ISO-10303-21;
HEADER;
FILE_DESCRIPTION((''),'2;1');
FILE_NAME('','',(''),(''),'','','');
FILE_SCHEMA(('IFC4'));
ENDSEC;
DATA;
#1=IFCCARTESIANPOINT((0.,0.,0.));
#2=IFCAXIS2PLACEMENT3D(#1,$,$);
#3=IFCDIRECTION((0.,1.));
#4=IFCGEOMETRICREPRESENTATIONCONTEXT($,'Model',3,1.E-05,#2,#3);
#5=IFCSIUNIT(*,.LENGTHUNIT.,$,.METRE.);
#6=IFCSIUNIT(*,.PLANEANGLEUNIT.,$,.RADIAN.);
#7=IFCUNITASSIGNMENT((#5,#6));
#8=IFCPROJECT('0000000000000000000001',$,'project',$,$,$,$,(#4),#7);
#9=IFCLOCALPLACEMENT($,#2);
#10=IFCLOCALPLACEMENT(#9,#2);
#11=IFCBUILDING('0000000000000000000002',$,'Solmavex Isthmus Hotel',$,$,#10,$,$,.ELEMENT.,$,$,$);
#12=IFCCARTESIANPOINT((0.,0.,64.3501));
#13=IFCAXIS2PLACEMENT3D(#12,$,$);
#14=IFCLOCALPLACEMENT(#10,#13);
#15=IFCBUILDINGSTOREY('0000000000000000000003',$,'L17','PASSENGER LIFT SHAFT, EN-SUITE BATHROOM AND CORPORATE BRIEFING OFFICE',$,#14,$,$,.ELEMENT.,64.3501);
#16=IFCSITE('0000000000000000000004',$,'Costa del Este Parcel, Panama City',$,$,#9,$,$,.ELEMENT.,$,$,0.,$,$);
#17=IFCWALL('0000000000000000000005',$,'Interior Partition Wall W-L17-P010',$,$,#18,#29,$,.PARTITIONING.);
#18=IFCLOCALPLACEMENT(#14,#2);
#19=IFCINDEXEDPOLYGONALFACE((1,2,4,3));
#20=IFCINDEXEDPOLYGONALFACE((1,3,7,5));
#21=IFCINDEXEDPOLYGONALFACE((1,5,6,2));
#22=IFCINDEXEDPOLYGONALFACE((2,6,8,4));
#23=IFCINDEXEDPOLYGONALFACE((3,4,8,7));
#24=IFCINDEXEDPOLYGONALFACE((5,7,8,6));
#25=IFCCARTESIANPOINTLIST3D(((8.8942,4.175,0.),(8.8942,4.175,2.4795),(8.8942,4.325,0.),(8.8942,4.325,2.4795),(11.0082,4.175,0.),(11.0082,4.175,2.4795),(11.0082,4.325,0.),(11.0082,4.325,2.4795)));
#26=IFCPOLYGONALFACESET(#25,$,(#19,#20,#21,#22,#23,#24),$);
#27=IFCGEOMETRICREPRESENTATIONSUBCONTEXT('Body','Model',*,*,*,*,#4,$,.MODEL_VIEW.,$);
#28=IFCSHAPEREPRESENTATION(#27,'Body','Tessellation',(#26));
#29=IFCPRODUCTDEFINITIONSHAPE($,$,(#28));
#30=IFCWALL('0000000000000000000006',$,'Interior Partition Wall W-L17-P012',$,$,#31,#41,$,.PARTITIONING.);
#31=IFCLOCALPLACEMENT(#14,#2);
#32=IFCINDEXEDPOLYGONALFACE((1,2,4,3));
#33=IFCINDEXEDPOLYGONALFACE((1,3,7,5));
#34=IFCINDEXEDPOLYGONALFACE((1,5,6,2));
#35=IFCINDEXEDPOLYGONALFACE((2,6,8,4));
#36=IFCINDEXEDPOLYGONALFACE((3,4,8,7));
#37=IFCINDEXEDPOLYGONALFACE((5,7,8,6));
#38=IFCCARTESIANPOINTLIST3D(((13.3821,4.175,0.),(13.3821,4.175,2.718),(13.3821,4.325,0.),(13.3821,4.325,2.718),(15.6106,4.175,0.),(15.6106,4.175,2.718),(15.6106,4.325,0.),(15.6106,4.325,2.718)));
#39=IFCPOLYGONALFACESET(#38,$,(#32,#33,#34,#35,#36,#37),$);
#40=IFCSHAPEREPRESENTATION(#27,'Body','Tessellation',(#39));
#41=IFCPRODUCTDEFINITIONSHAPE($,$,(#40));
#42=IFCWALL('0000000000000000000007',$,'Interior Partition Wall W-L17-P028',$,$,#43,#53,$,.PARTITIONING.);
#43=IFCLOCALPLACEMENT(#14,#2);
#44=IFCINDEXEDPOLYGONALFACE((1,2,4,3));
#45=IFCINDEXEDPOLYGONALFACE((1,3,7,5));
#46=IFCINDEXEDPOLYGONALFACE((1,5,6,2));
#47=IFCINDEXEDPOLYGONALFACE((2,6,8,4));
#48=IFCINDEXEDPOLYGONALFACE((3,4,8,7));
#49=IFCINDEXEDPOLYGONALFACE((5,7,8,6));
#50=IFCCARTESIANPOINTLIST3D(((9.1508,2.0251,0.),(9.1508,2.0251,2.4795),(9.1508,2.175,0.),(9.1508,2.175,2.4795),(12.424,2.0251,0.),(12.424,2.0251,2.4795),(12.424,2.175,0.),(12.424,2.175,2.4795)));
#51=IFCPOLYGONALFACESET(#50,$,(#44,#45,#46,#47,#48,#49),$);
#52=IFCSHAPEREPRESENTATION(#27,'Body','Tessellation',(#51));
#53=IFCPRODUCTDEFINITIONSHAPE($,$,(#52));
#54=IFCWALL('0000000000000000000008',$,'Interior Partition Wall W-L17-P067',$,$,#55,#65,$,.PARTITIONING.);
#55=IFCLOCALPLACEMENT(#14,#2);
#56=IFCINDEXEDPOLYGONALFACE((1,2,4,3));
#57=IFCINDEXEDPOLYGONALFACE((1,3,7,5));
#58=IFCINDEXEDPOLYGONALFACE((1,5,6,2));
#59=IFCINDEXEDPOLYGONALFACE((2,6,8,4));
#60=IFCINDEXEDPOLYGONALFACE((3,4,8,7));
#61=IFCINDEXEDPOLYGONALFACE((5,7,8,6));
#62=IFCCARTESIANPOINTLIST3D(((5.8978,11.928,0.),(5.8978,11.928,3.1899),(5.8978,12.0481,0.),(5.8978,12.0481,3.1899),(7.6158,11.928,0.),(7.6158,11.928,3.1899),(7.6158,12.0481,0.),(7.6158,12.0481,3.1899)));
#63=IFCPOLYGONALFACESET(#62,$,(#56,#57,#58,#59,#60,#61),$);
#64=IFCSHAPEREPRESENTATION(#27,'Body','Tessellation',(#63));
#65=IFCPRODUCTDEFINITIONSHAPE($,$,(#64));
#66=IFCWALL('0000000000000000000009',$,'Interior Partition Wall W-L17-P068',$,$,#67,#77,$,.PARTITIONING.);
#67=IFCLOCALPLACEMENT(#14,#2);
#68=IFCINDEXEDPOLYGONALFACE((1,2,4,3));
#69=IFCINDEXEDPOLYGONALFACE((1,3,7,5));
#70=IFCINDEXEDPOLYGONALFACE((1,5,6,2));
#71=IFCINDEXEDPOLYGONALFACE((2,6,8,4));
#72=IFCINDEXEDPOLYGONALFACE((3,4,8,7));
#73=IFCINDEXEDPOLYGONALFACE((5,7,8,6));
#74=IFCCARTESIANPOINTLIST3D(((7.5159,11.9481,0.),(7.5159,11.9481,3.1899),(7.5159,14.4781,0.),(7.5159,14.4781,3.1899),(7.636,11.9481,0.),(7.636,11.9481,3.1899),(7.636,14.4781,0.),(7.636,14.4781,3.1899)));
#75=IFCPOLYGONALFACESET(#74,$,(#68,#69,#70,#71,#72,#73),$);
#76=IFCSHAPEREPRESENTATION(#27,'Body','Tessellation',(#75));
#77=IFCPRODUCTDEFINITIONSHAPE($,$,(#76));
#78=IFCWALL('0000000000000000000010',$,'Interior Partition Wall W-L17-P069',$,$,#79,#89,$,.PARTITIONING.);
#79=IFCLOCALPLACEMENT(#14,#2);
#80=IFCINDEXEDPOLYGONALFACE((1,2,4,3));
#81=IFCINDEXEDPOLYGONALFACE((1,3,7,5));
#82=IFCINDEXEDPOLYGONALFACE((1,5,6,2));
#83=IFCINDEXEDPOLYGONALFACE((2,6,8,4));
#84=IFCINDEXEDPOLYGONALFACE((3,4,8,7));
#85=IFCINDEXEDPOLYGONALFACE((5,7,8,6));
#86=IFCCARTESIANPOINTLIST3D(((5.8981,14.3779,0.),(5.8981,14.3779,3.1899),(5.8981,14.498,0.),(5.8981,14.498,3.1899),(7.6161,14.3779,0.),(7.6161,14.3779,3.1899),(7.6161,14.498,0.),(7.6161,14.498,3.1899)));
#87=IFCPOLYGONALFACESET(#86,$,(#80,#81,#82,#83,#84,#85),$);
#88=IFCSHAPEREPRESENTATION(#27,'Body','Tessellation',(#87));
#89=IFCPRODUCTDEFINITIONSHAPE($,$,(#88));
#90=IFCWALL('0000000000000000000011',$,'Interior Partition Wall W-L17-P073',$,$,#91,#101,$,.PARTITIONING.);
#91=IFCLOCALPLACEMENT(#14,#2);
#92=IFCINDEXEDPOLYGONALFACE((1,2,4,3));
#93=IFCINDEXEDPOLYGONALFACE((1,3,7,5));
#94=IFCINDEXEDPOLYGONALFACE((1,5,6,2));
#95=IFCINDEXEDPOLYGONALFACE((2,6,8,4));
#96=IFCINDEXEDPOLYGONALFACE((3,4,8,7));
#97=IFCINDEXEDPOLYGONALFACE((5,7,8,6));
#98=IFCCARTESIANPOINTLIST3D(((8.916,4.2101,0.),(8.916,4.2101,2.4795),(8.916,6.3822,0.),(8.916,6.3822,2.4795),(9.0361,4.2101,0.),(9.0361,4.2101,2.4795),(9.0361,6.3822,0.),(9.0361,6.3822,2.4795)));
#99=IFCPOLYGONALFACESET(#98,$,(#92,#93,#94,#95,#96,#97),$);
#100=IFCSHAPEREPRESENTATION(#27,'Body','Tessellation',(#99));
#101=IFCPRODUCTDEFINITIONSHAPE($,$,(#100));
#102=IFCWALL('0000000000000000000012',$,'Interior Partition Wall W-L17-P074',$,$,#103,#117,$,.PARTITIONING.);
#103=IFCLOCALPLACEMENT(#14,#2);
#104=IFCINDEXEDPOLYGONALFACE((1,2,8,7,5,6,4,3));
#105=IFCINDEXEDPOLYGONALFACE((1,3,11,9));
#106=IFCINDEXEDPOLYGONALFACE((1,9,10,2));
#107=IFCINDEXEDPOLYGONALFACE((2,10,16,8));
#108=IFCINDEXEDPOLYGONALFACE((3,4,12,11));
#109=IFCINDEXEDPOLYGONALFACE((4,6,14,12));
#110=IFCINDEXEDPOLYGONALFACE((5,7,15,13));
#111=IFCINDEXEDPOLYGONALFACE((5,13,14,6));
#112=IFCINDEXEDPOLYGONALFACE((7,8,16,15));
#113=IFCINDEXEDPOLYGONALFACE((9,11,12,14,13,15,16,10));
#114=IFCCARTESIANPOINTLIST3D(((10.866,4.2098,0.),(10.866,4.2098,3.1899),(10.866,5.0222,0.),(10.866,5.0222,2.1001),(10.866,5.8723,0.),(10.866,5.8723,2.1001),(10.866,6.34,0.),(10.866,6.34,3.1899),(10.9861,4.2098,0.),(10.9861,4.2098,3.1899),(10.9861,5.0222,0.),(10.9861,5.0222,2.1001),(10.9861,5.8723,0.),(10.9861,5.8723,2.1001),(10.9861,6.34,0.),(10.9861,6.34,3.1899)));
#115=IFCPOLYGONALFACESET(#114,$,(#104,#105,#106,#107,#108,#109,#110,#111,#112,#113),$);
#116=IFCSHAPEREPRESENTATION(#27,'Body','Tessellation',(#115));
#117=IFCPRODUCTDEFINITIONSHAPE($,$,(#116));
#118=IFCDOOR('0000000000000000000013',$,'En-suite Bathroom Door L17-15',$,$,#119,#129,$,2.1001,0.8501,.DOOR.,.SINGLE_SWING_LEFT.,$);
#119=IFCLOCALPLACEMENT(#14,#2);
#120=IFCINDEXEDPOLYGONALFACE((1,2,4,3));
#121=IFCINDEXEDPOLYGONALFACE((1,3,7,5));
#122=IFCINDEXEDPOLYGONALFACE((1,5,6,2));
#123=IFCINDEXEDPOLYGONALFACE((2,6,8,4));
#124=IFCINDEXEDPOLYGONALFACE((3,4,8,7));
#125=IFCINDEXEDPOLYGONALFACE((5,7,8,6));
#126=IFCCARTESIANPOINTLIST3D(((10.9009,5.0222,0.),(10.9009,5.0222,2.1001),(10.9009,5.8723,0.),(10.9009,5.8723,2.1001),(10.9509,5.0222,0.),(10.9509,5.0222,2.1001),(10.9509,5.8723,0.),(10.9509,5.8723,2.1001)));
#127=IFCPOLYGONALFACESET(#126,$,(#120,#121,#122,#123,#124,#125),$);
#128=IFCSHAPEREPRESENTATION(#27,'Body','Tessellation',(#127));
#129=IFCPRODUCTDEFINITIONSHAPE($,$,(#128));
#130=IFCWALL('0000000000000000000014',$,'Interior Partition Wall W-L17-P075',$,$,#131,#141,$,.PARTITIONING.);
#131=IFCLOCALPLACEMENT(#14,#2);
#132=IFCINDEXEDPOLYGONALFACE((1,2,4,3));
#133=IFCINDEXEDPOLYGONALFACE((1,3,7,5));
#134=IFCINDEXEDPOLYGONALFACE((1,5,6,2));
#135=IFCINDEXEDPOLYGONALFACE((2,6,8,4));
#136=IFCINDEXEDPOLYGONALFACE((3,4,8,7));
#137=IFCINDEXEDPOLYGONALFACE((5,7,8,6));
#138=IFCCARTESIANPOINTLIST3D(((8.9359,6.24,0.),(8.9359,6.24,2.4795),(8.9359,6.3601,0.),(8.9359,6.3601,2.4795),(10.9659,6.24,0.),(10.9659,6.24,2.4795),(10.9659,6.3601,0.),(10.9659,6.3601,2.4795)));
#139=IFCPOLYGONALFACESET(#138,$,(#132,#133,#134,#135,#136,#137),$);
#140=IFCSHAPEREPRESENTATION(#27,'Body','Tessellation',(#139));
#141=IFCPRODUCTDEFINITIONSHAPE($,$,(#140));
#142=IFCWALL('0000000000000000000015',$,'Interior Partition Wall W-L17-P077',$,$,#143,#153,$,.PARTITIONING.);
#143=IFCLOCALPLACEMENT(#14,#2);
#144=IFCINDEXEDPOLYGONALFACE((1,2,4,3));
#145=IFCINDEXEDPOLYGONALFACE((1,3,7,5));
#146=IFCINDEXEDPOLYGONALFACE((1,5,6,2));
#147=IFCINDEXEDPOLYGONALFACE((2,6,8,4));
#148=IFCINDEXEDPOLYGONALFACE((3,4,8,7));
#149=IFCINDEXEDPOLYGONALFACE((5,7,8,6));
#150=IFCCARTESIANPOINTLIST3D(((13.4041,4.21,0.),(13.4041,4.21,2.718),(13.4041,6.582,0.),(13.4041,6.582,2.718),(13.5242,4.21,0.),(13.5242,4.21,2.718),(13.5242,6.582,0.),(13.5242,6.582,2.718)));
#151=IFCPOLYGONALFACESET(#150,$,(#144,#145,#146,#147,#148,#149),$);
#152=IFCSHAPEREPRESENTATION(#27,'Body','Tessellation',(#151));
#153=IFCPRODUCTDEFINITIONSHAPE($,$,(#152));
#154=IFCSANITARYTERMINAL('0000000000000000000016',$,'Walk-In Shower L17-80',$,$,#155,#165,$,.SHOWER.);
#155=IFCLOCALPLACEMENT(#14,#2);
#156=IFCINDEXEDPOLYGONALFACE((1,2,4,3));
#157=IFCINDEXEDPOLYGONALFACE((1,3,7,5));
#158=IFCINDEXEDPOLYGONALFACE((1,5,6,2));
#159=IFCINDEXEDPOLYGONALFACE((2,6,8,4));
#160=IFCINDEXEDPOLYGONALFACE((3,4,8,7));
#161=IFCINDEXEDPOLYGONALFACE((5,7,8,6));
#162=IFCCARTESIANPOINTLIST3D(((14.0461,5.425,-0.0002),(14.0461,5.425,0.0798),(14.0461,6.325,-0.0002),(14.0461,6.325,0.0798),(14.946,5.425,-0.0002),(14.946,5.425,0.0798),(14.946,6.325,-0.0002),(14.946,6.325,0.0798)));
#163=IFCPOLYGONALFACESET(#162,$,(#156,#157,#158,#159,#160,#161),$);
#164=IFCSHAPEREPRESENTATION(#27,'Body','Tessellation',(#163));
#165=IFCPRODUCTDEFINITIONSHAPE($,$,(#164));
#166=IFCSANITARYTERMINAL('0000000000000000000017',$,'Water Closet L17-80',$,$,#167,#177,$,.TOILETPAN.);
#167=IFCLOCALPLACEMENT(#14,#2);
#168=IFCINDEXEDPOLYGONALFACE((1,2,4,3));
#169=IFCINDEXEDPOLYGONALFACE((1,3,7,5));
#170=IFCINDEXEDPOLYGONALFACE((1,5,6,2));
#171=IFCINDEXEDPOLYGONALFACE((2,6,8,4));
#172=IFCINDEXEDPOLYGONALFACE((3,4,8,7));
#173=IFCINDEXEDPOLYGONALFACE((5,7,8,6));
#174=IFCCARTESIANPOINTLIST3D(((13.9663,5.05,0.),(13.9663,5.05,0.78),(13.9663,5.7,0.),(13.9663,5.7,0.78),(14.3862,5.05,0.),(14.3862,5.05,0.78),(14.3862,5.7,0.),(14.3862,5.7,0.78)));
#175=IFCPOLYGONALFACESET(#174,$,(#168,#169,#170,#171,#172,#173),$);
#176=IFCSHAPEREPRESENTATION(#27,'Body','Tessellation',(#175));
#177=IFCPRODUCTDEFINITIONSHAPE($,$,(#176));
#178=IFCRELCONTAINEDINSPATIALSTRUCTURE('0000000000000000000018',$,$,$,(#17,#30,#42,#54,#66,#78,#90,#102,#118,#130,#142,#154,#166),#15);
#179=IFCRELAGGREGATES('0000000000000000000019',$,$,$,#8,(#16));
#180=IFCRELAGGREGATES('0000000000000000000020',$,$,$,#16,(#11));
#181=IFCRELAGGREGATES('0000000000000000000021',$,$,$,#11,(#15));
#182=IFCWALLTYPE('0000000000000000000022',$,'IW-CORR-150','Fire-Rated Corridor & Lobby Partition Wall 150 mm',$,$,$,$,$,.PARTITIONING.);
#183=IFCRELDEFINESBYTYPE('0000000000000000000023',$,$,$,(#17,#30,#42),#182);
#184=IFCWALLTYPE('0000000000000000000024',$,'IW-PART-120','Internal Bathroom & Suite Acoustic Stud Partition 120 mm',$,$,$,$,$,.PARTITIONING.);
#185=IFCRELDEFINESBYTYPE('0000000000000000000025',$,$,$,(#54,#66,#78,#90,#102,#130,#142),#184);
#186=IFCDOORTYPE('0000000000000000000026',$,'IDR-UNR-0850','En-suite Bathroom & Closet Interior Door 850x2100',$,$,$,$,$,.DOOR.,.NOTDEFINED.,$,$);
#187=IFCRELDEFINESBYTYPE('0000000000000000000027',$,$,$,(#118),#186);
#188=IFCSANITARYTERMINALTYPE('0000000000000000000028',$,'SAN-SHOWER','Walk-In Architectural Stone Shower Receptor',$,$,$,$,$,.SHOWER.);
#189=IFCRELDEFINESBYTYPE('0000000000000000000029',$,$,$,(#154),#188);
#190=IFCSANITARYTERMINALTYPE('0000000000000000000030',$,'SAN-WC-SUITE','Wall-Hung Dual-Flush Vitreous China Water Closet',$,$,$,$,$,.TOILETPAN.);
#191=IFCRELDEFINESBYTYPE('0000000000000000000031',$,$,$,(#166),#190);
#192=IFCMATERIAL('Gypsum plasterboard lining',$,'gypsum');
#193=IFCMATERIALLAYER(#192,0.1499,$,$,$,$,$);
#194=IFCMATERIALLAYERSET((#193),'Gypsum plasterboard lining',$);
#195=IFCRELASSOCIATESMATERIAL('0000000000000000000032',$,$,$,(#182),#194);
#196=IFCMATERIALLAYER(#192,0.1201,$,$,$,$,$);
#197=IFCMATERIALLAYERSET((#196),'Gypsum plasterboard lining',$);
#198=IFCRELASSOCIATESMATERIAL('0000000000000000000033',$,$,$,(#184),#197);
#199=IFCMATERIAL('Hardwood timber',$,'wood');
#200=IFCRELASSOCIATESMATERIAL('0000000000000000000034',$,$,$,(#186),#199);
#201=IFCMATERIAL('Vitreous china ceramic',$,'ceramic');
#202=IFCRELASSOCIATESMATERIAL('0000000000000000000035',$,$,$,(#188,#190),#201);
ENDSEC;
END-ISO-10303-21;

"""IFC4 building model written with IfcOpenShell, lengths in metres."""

from ifc_helpers import new_model, si_unit, direction, frame, frame_2d, origin, origin_2d, place, context, subcontext, project, spatial, rectangle, extrude, material, layer, layer_set, type_object, element, fill, save


model = new_model("IFC4")

# Units and contexts
model_context = context("Model", 3, precision=1e-05, world=origin(), true_north=direction((0.0, 1.0)))
body_context = subcontext(model_context, "Body", "Model", "MODEL_VIEW")
ifc_project = project(units=[si_unit("LENGTHUNIT", "METRE"), si_unit("PLANEANGLEUNIT", "RADIAN")], contexts=[model_context])

# Site, building, storey
site_placement = place(None, origin())
site = spatial("IfcSite", under=ifc_project, at=site_placement, Name="Costa del Este Parcel, Panama City", CompositionType="ELEMENT", RefElevation=0.0)
building_placement = place(site_placement, origin())
building = spatial("IfcBuilding", under=site, at=building_placement, Name="Solmavex Isthmus Hotel", CompositionType="ELEMENT")
storey_placement = place(building_placement, frame((0.0, 0.0, 64.3501)))
storey = spatial("IfcBuildingStorey", under=building, at=storey_placement, Name="L17", Description="PASSENGER LIFT SHAFT, EN-SUITE BATHROOM AND CORPORATE BRIEFING OFFICE", CompositionType="ELEMENT", Elevation=64.3501)

# Shared definitions
ifc_material_1 = material(Name="Gypsum plasterboard lining", Category="gypsum")

# Shared definitions
ifc_material_2 = material(Name="Hardwood timber", Category="wood")

# Shared definitions
ifc_layer_1 = layer(ifc_material_1, 0.1499)
ifc_layer_set_1 = layer_set([ifc_layer_1], Name="Gypsum plasterboard lining")
wall_type_1 = type_object("IfcWallType", Name="IW-CORR-150", Description="Fire-Rated Corridor & Lobby Partition Wall 150 mm", PredefinedType="PARTITIONING", material=ifc_layer_set_1)

# Walls
wall_1_placement = place(storey_placement, frame((8.894, 4.25, 0.0), z_axis=(0.0, 0.0, 1.0), x_axis=(1.0, 0.0, 0.0)))
element("IfcWall", 1, at=wall_1_placement, inside=storey, type_object=wall_type_1, Name="Interior Partition Wall W-L17-P010", PredefinedType="PARTITIONING", context=body_context, shape_type="SweptSolid", body=[
    extrude(rectangle(XDim=2.114, YDim=0.1499, at=frame_2d((1.0571, 0.0))), origin(), (0.0, 0.0, 1.0), 2.4795),
])
wall_2_placement = place(storey_placement, frame((13.3821, 4.25, 0.0), z_axis=(0.0, 0.0, 1.0), x_axis=(1.0, 0.0, 0.0)))
element("IfcWall", 2, at=wall_2_placement, inside=storey, type_object=wall_type_1, Name="Interior Partition Wall W-L17-P012", PredefinedType="PARTITIONING", context=body_context, shape_type="SweptSolid", body=[
    extrude(rectangle(XDim=2.2285, YDim=0.1499, at=frame_2d((1.1143, 0.0))), origin(), (0.0, 0.0, 1.0), 2.718),
])
wall_3_placement = place(storey_placement, frame((12.4241, 2.1001, 0.0), z_axis=(0.0, 0.0, 1.0), x_axis=(-1.0, 0.0, 0.0)))
element("IfcWall", 3, at=wall_3_placement, inside=storey, type_object=wall_type_1, Name="Interior Partition Wall W-L17-P028", PredefinedType="PARTITIONING", context=body_context, shape_type="SweptSolid", body=[
    extrude(rectangle(XDim=3.2732, YDim=0.1499, at=frame_2d((1.6367, 0.0))), origin(), (0.0, 0.0, 1.0), 2.4795),
])

# Walls
ifc_layer_2 = layer(ifc_material_1, 0.1201)
ifc_layer_set_2 = layer_set([ifc_layer_2], Name="Gypsum plasterboard lining")
wall_type_2 = type_object("IfcWallType", Name="IW-PART-120", Description="Internal Bathroom & Suite Acoustic Stud Partition 120 mm", PredefinedType="PARTITIONING", material=ifc_layer_set_2)
wall_4_placement = place(storey_placement, frame((5.8979, 11.988, 0.0), z_axis=(0.0, 0.0, 1.0), x_axis=(1.0, 0.0, 0.0)))
element("IfcWall", 4, at=wall_4_placement, inside=storey, type_object=wall_type_2, Name="Interior Partition Wall W-L17-P067", PredefinedType="PARTITIONING", context=body_context, shape_type="SweptSolid", body=[
    extrude(rectangle(XDim=1.718, YDim=0.1201, at=frame_2d((0.8589, 0.0))), origin(), (0.0, 0.0, 1.0), 3.1899),
])
wall_5_placement = place(storey_placement, frame((7.5759, 11.948, 0.0), z_axis=(0.0, 0.0, 1.0), x_axis=(0.0, 1.0, 0.0)))
element("IfcWall", 5, at=wall_5_placement, inside=storey, type_object=wall_type_2, Name="Interior Partition Wall W-L17-P068", PredefinedType="PARTITIONING", context=body_context, shape_type="SweptSolid", body=[
    extrude(rectangle(XDim=2.53, YDim=0.1201, at=frame_2d((1.2651, 0.0))), origin(), (0.0, 0.0, 1.0), 3.1899),
])
wall_6_placement = place(storey_placement, frame((7.616, 14.438, 0.0), z_axis=(0.0, 0.0, 1.0), x_axis=(-1.0, 0.0, 0.0)))
element("IfcWall", 6, at=wall_6_placement, inside=storey, type_object=wall_type_2, Name="Interior Partition Wall W-L17-P069", PredefinedType="PARTITIONING", context=body_context, shape_type="SweptSolid", body=[
    extrude(rectangle(XDim=1.718, YDim=0.1201, at=frame_2d((0.8589, 0.0))), origin(), (0.0, 0.0, 1.0), 3.1899),
])
wall_7_placement = place(storey_placement, frame((8.9761, 6.3821, 0.0), z_axis=(0.0, 0.0, 1.0), x_axis=(0.0, -1.0, 0.0)))
element("IfcWall", 7, at=wall_7_placement, inside=storey, type_object=wall_type_2, Name="Interior Partition Wall W-L17-P073", PredefinedType="PARTITIONING", context=body_context, shape_type="SweptSolid", body=[
    extrude(rectangle(XDim=2.1721, YDim=0.1201, at=frame_2d((1.0859, 0.0))), origin(), (0.0, 0.0, 1.0), 2.4795),
])

# Wall, opening, door
wall_8_placement = place(storey_placement, frame((10.926, 4.21, 0.0), z_axis=(0.0, 0.0, 1.0), x_axis=(0.0, 1.0, 0.0)))
wall_8 = element("IfcWall", 8, at=wall_8_placement, inside=storey, type_object=wall_type_2, Name="Interior Partition Wall W-L17-P074", PredefinedType="PARTITIONING", context=body_context, shape_type="SweptSolid", body=[
    extrude(rectangle(XDim=2.1301, YDim=0.1201, at=frame_2d((1.0649, 0.0))), origin(), (0.0, 0.0, 1.0), 3.1899),
])
opening_1_placement = place(wall_8_placement, frame((0.8123, 0.0, 0.0)))
opening_1 = element("IfcOpeningElement", 9, at=opening_1_placement, cuts=wall_8, PredefinedType="OPENING", context=body_context, shape_type="SweptSolid", body=[
    extrude(rectangle(XDim=0.8501, YDim=2.1001, at=frame_2d((0.425, 1.05))), frame((0.0, 0.0701, 0.0), z_axis=(0.0, -1.0, 0.0), x_axis=(1.0, 0.0, 0.0)), (0.0, 0.0, 1.0), 0.1401),
])
door_type_1 = type_object("IfcDoorType", Name="IDR-UNR-0850", Description="En-suite Bathroom & Closet Interior Door 850x2100", OperationType="NOTDEFINED", PredefinedType="DOOR", material=ifc_material_2)
door_1_placement = place(opening_1_placement, frame((0.8501, 0.0, 0.0), z_axis=(0.0, 0.0, 1.0), x_axis=(-1.0, 0.0, 0.0)))
door_1 = element("IfcDoor", 10, at=door_1_placement, inside=storey, type_object=door_type_1, Name="En-suite Bathroom Door L17-15", OperationType="SINGLE_SWING_LEFT", OverallHeight=2.1001, OverallWidth=0.8501, PredefinedType="DOOR", context=body_context, shape_type="SweptSolid", body=[
    extrude(rectangle(XDim=0.8501, YDim=2.1001, at=frame_2d((0.425, 1.05))), frame((0.0, 0.0249, 0.0), z_axis=(0.0, -1.0, 0.0), x_axis=(1.0, 0.0, 0.0)), (0.0, 0.0, 1.0), 0.05),
])
fill(opening_1, door_1)

# Walls
wall_9_placement = place(storey_placement, frame((10.9661, 6.3, 0.0), z_axis=(0.0, 0.0, 1.0), x_axis=(-1.0, 0.0, 0.0)))
element("IfcWall", 11, at=wall_9_placement, inside=storey, type_object=wall_type_2, Name="Interior Partition Wall W-L17-P075", PredefinedType="PARTITIONING", context=body_context, shape_type="SweptSolid", body=[
    extrude(rectangle(XDim=2.03, YDim=0.1201, at=frame_2d((1.0151, 0.0))), origin(), (0.0, 0.0, 1.0), 2.4795),
])
wall_10_placement = place(storey_placement, frame((13.4641, 6.582, 0.0), z_axis=(0.0, 0.0, 1.0), x_axis=(0.0, -1.0, 0.0)))
element("IfcWall", 12, at=wall_10_placement, inside=storey, type_object=wall_type_2, Name="Interior Partition Wall W-L17-P077", PredefinedType="PARTITIONING", context=body_context, shape_type="SweptSolid", body=[
    extrude(rectangle(XDim=2.3721, YDim=0.1201, at=frame_2d((1.186, 0.0))), origin(), (0.0, 0.0, 1.0), 2.718),
])

# Sanitary terminals
ifc_material_3 = material(Name="Vitreous china ceramic", Category="ceramic")
sanitary_terminal_type_1 = type_object("IfcSanitaryTerminalType", Name="SAN-SHOWER", Description="Walk-In Architectural Stone Shower Receptor", PredefinedType="SHOWER", material=ifc_material_3)
sanitary_terminal_1_placement = place(storey_placement, frame((14.4961, 5.875, -0.0002), z_axis=(0.0, 0.0, 1.0), x_axis=(1.0, 0.0, 0.0)))
element("IfcSanitaryTerminal", 13, at=sanitary_terminal_1_placement, inside=storey, type_object=sanitary_terminal_type_1, Name="Walk-In Shower L17-80", PredefinedType="SHOWER", context=body_context, shape_type="SweptSolid", body=[
    extrude(rectangle(XDim=0.8999, YDim=0.8999, at=origin_2d()), origin(), (0.0, 0.0, 1.0), 0.0801),
])
sanitary_terminal_type_2 = type_object("IfcSanitaryTerminalType", Name="SAN-WC-SUITE", Description="Wall-Hung Dual-Flush Vitreous China Water Closet", PredefinedType="TOILETPAN", material=ifc_material_3)
sanitary_terminal_2_placement = place(storey_placement, frame((14.1763, 5.375, 0.0), z_axis=(0.0, 0.0, 1.0), x_axis=(1.0, 0.0, 0.0)))
element("IfcSanitaryTerminal", 14, at=sanitary_terminal_2_placement, inside=storey, type_object=sanitary_terminal_type_2, Name="Water Closet L17-80", PredefinedType="TOILETPAN", context=body_context, shape_type="SweptSolid", body=[
    extrude(rectangle(XDim=0.4199, YDim=0.6499, at=origin_2d()), origin(), (0.0, 0.0, 1.0), 0.78),
])

save(model, "model.ifc")
